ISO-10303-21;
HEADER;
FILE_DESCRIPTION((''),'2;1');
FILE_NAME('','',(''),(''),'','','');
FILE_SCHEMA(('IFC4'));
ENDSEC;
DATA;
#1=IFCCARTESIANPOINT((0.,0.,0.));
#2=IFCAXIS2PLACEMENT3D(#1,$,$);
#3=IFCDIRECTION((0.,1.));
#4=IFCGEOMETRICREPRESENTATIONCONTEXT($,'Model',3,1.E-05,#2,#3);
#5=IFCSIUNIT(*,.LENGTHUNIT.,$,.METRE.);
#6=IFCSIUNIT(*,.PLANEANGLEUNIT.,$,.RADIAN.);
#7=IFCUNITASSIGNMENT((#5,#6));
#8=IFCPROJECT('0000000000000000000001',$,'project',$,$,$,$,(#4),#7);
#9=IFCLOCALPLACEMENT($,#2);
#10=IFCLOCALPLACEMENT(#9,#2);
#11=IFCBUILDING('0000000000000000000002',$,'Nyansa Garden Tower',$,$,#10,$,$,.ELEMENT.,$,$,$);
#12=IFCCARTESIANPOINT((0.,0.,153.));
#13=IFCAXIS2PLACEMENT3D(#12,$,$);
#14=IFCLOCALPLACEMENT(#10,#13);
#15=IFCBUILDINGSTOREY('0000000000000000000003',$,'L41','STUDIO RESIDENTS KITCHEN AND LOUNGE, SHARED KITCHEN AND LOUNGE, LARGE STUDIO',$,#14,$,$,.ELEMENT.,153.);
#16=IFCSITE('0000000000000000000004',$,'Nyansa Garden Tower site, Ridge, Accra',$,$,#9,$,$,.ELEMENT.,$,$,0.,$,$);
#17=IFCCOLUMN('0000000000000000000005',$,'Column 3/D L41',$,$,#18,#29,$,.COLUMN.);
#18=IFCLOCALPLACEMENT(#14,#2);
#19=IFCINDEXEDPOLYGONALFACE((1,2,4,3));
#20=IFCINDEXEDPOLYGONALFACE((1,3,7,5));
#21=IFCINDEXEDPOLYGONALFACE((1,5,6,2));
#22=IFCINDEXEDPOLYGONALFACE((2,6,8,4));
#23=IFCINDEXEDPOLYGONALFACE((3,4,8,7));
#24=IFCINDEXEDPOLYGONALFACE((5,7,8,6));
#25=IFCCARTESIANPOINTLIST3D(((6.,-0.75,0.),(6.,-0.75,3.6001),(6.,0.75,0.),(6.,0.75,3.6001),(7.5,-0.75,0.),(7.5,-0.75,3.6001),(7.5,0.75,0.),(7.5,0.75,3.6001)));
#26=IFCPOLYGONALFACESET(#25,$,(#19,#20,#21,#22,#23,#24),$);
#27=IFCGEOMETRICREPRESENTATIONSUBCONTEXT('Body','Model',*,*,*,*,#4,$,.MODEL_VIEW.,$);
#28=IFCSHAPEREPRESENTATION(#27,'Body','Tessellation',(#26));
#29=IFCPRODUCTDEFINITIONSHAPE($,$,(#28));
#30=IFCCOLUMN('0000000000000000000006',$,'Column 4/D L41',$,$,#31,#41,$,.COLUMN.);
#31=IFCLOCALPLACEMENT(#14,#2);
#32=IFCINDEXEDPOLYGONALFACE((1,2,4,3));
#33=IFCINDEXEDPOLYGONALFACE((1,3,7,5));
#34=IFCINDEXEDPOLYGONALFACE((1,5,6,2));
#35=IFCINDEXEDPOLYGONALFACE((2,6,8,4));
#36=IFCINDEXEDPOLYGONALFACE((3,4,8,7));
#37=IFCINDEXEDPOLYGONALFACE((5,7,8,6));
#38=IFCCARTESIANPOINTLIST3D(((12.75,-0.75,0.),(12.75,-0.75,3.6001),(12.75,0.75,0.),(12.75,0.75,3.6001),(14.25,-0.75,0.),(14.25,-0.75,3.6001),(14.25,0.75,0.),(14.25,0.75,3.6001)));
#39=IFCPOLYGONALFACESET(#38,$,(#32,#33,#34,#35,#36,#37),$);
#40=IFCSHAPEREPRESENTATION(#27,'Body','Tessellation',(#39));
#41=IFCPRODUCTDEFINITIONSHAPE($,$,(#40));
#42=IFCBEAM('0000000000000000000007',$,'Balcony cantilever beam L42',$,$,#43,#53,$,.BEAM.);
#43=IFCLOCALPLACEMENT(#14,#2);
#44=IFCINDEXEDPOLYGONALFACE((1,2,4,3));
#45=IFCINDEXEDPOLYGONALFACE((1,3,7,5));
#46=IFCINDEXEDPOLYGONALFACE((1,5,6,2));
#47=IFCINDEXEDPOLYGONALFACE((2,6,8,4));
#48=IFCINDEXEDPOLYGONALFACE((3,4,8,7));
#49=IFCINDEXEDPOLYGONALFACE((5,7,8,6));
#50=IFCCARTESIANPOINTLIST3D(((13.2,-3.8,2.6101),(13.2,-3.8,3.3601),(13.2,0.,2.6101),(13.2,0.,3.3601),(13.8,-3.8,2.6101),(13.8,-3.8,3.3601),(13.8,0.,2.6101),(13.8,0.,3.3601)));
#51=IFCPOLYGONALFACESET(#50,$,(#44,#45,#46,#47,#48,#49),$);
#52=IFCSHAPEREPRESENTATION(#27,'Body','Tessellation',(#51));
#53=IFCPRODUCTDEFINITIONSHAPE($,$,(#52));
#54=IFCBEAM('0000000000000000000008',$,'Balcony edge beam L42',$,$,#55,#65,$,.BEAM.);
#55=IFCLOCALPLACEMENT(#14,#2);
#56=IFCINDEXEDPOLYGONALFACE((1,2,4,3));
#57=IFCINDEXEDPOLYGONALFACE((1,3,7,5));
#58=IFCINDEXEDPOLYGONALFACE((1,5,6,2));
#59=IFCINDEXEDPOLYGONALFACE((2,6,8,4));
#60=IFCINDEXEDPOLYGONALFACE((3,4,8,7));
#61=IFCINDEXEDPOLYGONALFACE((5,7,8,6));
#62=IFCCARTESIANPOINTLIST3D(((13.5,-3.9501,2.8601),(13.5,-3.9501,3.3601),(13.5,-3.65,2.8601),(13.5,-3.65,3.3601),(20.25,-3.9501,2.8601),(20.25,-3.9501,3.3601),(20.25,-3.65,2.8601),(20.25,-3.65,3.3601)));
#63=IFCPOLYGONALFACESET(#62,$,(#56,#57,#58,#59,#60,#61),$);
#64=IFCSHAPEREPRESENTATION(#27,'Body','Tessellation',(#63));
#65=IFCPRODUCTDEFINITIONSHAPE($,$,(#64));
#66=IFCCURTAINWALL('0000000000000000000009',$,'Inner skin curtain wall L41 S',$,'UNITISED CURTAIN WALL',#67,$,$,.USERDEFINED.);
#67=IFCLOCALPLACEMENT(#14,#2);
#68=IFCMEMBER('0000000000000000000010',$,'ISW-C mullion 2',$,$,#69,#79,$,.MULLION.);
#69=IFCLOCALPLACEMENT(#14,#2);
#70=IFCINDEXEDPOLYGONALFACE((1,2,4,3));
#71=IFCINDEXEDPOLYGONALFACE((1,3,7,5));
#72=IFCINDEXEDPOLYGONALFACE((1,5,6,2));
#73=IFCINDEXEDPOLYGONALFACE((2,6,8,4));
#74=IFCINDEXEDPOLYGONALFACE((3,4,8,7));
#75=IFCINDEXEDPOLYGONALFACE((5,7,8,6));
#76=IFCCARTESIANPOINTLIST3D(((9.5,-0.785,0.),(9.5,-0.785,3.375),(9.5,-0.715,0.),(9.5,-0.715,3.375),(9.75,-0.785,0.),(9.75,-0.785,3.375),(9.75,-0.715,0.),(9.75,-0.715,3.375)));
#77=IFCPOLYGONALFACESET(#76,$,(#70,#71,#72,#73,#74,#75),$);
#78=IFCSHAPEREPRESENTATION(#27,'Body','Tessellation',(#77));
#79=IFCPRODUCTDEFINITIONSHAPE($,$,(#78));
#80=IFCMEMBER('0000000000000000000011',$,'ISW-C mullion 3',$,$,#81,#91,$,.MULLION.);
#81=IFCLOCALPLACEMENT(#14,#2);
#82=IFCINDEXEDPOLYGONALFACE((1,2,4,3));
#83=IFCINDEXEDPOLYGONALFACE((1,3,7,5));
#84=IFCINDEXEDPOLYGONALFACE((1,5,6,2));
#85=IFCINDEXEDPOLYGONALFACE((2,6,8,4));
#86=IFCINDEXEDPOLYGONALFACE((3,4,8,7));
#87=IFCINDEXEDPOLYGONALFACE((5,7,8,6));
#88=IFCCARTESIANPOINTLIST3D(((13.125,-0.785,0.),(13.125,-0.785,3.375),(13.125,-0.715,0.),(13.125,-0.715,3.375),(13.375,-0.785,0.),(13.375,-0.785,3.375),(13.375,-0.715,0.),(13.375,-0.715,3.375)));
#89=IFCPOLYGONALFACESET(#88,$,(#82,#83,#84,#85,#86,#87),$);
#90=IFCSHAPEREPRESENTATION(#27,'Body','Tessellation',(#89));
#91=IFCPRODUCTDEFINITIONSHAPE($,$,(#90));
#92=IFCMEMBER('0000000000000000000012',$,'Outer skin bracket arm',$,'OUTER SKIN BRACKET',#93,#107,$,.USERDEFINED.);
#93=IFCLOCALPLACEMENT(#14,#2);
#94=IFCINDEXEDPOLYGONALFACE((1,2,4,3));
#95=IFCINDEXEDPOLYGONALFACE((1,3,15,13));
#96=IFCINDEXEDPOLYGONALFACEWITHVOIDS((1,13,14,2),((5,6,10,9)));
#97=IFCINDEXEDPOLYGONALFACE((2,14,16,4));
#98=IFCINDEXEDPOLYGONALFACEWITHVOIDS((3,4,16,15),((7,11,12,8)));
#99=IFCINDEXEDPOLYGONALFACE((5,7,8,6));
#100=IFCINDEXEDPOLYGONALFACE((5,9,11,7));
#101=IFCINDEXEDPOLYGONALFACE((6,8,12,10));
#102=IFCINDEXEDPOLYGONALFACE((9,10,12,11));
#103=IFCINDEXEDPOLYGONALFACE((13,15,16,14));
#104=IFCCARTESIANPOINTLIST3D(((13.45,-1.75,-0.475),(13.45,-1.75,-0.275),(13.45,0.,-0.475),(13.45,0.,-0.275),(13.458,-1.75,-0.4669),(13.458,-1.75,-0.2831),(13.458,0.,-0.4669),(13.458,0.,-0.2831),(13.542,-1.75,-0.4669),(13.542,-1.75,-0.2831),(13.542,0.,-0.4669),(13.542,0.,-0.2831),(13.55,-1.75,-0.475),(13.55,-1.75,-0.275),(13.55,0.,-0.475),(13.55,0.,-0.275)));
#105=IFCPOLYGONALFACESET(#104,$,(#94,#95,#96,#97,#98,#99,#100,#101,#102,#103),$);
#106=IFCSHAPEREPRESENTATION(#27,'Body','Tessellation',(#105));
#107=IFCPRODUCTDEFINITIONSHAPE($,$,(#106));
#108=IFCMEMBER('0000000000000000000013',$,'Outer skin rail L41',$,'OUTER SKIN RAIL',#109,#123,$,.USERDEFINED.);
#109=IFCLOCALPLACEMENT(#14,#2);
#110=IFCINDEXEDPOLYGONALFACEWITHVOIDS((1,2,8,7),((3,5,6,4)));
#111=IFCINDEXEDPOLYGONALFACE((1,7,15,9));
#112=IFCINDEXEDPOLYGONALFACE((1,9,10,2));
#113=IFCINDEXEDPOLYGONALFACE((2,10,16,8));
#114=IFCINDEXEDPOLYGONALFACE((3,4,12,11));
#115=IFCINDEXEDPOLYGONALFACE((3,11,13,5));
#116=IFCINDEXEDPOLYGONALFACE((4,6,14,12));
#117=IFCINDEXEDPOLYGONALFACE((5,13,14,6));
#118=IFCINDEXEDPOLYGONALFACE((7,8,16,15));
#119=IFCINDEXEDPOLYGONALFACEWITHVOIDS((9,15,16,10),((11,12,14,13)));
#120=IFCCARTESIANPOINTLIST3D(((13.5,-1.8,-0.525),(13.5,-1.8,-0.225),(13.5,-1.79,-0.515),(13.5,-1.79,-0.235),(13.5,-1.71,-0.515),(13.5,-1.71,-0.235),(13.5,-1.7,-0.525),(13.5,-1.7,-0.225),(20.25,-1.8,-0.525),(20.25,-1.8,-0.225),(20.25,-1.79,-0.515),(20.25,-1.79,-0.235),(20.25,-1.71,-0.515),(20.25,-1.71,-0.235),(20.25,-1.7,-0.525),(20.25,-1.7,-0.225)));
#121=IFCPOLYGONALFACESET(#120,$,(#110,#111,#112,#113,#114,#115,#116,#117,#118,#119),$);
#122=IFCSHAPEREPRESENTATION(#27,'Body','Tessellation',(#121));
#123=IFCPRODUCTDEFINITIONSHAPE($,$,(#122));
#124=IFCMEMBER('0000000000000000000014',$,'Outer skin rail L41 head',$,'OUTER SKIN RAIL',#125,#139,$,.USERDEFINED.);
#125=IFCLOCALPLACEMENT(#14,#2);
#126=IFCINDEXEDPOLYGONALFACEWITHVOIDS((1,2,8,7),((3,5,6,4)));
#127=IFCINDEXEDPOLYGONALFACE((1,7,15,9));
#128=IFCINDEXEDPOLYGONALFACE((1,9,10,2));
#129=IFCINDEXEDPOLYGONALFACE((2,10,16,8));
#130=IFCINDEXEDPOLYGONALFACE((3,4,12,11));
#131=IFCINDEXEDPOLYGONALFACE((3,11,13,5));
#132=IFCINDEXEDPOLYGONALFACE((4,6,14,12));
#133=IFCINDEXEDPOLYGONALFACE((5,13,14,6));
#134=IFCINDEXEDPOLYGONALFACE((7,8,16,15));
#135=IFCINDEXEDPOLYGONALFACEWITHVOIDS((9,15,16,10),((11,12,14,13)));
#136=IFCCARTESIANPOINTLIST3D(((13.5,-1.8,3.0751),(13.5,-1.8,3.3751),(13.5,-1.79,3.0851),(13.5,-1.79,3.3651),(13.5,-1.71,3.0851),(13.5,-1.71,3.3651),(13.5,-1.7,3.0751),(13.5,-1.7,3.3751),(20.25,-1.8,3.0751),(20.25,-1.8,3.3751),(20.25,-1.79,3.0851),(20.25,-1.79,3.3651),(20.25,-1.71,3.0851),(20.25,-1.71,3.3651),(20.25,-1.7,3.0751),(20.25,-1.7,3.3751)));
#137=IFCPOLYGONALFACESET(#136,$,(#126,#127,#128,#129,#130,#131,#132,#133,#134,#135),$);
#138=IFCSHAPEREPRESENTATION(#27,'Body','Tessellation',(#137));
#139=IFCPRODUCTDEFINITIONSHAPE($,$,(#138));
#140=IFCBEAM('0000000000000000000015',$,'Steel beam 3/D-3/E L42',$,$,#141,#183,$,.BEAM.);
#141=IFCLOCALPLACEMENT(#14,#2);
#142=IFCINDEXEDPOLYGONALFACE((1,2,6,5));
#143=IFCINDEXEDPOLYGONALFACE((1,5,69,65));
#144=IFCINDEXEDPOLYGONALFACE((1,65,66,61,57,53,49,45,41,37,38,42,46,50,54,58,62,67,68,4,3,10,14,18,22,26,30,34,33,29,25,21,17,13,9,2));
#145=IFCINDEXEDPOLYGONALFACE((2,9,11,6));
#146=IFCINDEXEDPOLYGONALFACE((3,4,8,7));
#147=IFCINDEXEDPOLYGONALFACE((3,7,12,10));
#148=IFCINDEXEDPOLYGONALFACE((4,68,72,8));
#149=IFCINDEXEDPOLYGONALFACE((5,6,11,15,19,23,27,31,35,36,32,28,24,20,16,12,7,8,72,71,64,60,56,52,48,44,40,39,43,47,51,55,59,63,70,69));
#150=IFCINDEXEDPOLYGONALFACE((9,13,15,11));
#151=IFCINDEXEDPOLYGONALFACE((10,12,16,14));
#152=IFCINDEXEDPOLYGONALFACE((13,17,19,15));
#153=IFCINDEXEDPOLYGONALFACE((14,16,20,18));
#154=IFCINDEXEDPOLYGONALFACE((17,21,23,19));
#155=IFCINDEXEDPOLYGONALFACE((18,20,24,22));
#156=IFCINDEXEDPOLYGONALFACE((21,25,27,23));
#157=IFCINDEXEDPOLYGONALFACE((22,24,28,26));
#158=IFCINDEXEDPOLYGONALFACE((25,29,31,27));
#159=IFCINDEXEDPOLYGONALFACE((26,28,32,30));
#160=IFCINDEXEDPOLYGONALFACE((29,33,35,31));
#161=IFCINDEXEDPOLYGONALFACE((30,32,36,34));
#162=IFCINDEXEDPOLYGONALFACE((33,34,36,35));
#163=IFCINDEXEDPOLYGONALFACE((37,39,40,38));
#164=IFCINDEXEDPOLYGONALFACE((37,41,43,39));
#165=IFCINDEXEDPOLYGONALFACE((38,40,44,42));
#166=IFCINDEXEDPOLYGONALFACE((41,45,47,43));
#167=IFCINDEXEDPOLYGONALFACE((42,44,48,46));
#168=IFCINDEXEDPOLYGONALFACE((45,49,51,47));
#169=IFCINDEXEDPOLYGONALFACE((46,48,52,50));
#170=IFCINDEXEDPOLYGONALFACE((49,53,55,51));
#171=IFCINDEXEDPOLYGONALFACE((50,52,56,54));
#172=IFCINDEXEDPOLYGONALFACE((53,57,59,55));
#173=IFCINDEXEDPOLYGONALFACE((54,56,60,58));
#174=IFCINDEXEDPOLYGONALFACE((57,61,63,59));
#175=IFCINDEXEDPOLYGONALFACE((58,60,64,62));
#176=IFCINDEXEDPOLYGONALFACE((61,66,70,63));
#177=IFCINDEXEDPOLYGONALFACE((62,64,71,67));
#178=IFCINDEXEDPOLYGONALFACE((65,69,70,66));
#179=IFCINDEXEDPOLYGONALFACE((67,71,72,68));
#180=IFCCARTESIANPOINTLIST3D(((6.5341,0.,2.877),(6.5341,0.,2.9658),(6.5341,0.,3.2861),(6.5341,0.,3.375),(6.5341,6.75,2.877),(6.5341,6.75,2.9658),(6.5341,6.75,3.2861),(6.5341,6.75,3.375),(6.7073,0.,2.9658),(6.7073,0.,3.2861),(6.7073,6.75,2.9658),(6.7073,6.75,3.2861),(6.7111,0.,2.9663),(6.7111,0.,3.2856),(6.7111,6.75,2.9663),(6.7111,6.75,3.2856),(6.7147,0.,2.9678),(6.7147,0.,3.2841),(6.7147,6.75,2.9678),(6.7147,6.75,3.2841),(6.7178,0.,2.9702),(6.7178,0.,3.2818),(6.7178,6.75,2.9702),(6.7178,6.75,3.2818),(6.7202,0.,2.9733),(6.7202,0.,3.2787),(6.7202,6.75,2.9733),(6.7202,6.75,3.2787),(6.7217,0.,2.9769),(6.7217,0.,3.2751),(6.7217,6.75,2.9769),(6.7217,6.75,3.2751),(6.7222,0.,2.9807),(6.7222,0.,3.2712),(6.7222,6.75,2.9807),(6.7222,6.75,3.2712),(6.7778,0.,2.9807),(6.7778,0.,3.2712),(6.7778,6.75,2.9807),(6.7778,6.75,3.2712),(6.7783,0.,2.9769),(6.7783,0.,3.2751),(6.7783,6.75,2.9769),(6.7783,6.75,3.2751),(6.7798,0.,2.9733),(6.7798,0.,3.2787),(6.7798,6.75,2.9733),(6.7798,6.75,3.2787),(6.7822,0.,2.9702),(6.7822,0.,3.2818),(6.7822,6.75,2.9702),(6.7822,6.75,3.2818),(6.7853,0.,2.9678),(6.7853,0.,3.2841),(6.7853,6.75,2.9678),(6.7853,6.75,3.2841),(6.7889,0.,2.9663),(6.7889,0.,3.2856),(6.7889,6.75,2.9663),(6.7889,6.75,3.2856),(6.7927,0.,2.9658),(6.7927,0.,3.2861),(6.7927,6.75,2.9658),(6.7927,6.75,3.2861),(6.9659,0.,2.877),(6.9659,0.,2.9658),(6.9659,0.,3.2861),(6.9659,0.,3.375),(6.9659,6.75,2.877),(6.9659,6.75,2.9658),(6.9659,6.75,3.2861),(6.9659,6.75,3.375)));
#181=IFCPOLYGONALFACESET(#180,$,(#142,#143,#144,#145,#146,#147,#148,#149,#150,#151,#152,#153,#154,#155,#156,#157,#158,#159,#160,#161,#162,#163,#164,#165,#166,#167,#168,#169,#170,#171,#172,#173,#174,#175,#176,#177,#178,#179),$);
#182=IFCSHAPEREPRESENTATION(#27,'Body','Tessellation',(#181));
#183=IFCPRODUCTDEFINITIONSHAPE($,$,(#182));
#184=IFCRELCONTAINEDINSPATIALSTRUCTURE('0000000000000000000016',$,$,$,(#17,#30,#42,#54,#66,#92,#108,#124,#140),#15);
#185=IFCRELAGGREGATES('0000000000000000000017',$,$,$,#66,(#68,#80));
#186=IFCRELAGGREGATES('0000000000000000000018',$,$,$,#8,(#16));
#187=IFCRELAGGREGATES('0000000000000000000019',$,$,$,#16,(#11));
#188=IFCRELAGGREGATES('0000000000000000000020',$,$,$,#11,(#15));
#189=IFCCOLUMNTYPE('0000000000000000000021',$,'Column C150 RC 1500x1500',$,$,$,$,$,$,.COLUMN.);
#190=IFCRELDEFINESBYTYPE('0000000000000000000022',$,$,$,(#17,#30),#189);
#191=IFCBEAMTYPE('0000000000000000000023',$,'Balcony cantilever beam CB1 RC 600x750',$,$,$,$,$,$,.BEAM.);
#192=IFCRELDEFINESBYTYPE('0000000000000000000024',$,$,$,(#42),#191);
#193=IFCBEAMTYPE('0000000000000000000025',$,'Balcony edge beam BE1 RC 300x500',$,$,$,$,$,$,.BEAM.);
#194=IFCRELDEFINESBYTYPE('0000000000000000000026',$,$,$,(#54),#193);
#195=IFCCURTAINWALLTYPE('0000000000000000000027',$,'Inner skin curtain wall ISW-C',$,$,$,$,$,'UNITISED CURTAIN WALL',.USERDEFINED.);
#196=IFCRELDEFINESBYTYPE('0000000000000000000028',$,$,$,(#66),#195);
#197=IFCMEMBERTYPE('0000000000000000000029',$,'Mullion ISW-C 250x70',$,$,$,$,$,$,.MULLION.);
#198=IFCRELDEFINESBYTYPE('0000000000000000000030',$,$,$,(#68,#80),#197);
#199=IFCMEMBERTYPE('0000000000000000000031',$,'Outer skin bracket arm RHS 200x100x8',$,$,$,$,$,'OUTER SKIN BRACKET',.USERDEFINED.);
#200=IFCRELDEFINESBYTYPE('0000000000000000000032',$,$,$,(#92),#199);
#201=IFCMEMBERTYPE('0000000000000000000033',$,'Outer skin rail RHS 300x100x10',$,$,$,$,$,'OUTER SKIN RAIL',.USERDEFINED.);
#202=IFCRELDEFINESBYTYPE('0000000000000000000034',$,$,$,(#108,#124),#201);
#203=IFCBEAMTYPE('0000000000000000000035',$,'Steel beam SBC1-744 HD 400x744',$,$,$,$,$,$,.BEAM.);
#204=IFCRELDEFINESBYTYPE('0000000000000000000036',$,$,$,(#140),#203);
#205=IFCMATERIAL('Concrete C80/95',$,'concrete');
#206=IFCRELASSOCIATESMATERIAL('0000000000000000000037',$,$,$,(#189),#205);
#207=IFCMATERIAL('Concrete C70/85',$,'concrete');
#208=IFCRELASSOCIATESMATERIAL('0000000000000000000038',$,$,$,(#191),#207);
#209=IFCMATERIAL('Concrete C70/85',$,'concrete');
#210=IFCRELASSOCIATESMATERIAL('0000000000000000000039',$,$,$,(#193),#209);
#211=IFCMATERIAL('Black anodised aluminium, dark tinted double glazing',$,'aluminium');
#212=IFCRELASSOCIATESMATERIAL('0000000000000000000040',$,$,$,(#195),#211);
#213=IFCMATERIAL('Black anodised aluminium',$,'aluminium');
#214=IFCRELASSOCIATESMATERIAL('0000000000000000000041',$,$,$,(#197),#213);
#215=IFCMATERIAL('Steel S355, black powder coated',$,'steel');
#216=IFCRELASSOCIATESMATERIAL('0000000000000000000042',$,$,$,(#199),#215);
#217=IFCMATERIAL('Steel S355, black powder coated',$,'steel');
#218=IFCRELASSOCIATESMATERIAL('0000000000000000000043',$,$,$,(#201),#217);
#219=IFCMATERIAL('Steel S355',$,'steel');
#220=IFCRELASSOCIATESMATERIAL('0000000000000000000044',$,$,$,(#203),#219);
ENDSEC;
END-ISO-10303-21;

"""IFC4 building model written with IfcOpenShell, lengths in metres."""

from ifc_helpers import new_model, si_unit, direction, frame, origin, origin_2d, place, context, subcontext, project, spatial, rectangle, hollow_rectangle, i_section, extrude, material, material_profile, profile_set, type_object, element, aggregate, save


model = new_model("IFC4")

# Units and contexts
model_context = context("Model", 3, precision=1e-05, world=origin(), true_north=direction((0.0, 1.0)))
body_context = subcontext(model_context, "Body", "Model", "MODEL_VIEW")
ifc_project = project(units=[si_unit("LENGTHUNIT", "METRE"), si_unit("PLANEANGLEUNIT", "RADIAN")], contexts=[model_context])

# Site, building, storey
site_placement = place(None, origin())
site = spatial("IfcSite", under=ifc_project, at=site_placement, Name="Nyansa Garden Tower site, Ridge, Accra", CompositionType="ELEMENT", RefElevation=0.0)
building_placement = place(site_placement, origin())
building = spatial("IfcBuilding", under=site, at=building_placement, Name="Nyansa Garden Tower", CompositionType="ELEMENT")
storey_placement = place(building_placement, frame((0.0, 0.0, 153.0)))
storey = spatial("IfcBuildingStorey", under=building, at=storey_placement, Name="L41", Description="STUDIO RESIDENTS KITCHEN AND LOUNGE, SHARED KITCHEN AND LOUNGE, LARGE STUDIO", CompositionType="ELEMENT", Elevation=153.0)

# Columns
ifc_material_1 = material(Name="Concrete C80/95", Category="concrete")
ifc_material_profile_1 = material_profile(ifc_material_1, rectangle(XDim=1.5, YDim=1.5, at=origin_2d()), Name="RC 1500x1500")
ifc_profile_set_1 = profile_set([ifc_material_profile_1], Name="Concrete C80/95")
column_type = type_object("IfcColumnType", Name="Column C150 RC 1500x1500", PredefinedType="COLUMN", material=ifc_profile_set_1)
for number, where, z_axis, x_axis, name in (
    (1, (6.75, 0.0, 0.0), (0.0, 0.0, 1.0), (1.0, 0.0, 0.0), "Column 3/D L41"),
    (2, (13.5, 0.0, 0.0), (0.0, 0.0, 1.0), (1.0, 0.0, 0.0), "Column 4/D L41"),
):
    element("IfcColumn", number, at=place(storey_placement, frame(where, z_axis=z_axis, x_axis=x_axis)), inside=storey, type_object=column_type, Name=name, PredefinedType="COLUMN", context=body_context, shape_type="SweptSolid", body=[
        extrude(rectangle(XDim=1.5, YDim=1.5, at=origin_2d()), origin(), (0.0, 0.0, 1.0), 3.6001),
    ])

# Beams
ifc_material_2 = material(Name="Concrete C70/85", Category="concrete")
ifc_material_profile_2 = material_profile(ifc_material_2, rectangle(XDim=0.6001, YDim=0.75, at=origin_2d()), Name="RC 600x750")
ifc_profile_set_2 = profile_set([ifc_material_profile_2], Name="Concrete C70/85")
beam_type_1 = type_object("IfcBeamType", Name="Balcony cantilever beam CB1 RC 600x750", PredefinedType="BEAM", material=ifc_profile_set_2)
beam_1_placement = place(storey_placement, frame((13.5, 0.0, 2.9851), z_axis=(0.0, -1.0, 0.0), x_axis=(1.0, 0.0, 0.0)))
element("IfcBeam", 3, at=beam_1_placement, inside=storey, type_object=beam_type_1, Name="Balcony cantilever beam L42", PredefinedType="BEAM", context=body_context, shape_type="SweptSolid", body=[
    extrude(rectangle(XDim=0.6001, YDim=0.75, at=origin_2d()), origin(), (0.0, 0.0, 1.0), 3.8),
])
ifc_material_3 = material(Name="Concrete C70/85", Category="concrete")
ifc_material_profile_3 = material_profile(ifc_material_3, rectangle(XDim=0.3, YDim=0.5, at=origin_2d()), Name="RC 300x500")
ifc_profile_set_3 = profile_set([ifc_material_profile_3], Name="Concrete C70/85")
beam_type_2 = type_object("IfcBeamType", Name="Balcony edge beam BE1 RC 300x500", PredefinedType="BEAM", material=ifc_profile_set_3)
beam_2_placement = place(storey_placement, frame((13.5, -3.8, 3.1101), z_axis=(1.0, 0.0, 0.0), x_axis=(0.0, 1.0, 0.0)))
element("IfcBeam", 4, at=beam_2_placement, inside=storey, type_object=beam_type_2, Name="Balcony edge beam L42", PredefinedType="BEAM", context=body_context, shape_type="SweptSolid", body=[
    extrude(rectangle(XDim=0.3, YDim=0.5, at=origin_2d()), origin(), (0.0, 0.0, 1.0), 6.75),
])

# Curtain wall, members
ifc_material_4 = material(Name="Black anodised aluminium, dark tinted double glazing", Category="aluminium")
curtain_wall_type = type_object("IfcCurtainWallType", Name="Inner skin curtain wall ISW-C", ElementType="UNITISED CURTAIN WALL", PredefinedType="USERDEFINED", material=ifc_material_4)
curtain_wall_placement = place(storey_placement, origin())
curtain_wall = element("IfcCurtainWall", 5, at=curtain_wall_placement, inside=storey, type_object=curtain_wall_type, Name="Inner skin curtain wall L41 S", ObjectType="UNITISED CURTAIN WALL", PredefinedType="USERDEFINED")
ifc_material_5 = material(Name="Black anodised aluminium", Category="aluminium")
ifc_material_profile_4 = material_profile(ifc_material_5, rectangle(XDim=0.0701, YDim=0.25, at=origin_2d()), Name="Mullion 250x70")
ifc_profile_set_4 = profile_set([ifc_material_profile_4], Name="Black anodised aluminium")
member_type_1 = type_object("IfcMemberType", Name="Mullion ISW-C 250x70", PredefinedType="MULLION", material=ifc_profile_set_4)
member_1_placement = place(storey_placement, frame((9.625, -0.75, 0.0), z_axis=(0.0, 0.0, 1.0), x_axis=(0.0, 1.0, 0.0)))
member_1 = element("IfcMember", 6, at=member_1_placement, type_object=member_type_1, Name="ISW-C mullion 2", PredefinedType="MULLION", context=body_context, shape_type="SweptSolid", body=[
    extrude(rectangle(XDim=0.0701, YDim=0.25, at=origin_2d()), origin(), (0.0, 0.0, 1.0), 3.375),
])
member_2_placement = place(storey_placement, frame((13.25, -0.75, 0.0), z_axis=(0.0, 0.0, 1.0), x_axis=(0.0, 1.0, 0.0)))
member_2 = element("IfcMember", 7, at=member_2_placement, type_object=member_type_1, Name="ISW-C mullion 3", PredefinedType="MULLION", context=body_context, shape_type="SweptSolid", body=[
    extrude(rectangle(XDim=0.0701, YDim=0.25, at=origin_2d()), origin(), (0.0, 0.0, 1.0), 3.375),
])

# Members
ifc_material_6 = material(Name="Steel S355, black powder coated", Category="steel")
ifc_material_profile_5 = material_profile(ifc_material_6, hollow_rectangle(XDim=0.1001, YDim=0.2, WallThickness=0.0081, at=origin_2d()), Name="RHS 200x100x8")
ifc_profile_set_5 = profile_set([ifc_material_profile_5], Name="Steel S355, black powder coated")
member_type_2 = type_object("IfcMemberType", Name="Outer skin bracket arm RHS 200x100x8", ElementType="OUTER SKIN BRACKET", PredefinedType="USERDEFINED", material=ifc_profile_set_5)
member_3_placement = place(storey_placement, frame((13.5, 0.0, -0.375), z_axis=(0.0, -1.0, 0.0), x_axis=(1.0, 0.0, 0.0)))
element("IfcMember", 8, at=member_3_placement, inside=storey, type_object=member_type_2, Name="Outer skin bracket arm", ObjectType="OUTER SKIN BRACKET", PredefinedType="USERDEFINED", context=body_context, shape_type="SweptSolid", body=[
    extrude(hollow_rectangle(XDim=0.1001, YDim=0.2, WallThickness=0.0081, at=origin_2d()), origin(), (0.0, 0.0, 1.0), 1.75),
])
ifc_material_7 = material(Name="Steel S355, black powder coated", Category="steel")
ifc_material_profile_6 = material_profile(ifc_material_7, hollow_rectangle(XDim=0.1001, YDim=0.3, WallThickness=0.01, at=origin_2d()), Name="RHS 300x100x10")
ifc_profile_set_6 = profile_set([ifc_material_profile_6], Name="Steel S355, black powder coated")
member_type_3 = type_object("IfcMemberType", Name="Outer skin rail RHS 300x100x10", ElementType="OUTER SKIN RAIL", PredefinedType="USERDEFINED", material=ifc_profile_set_6)
for number, where, z_axis, x_axis, name in (
    (9, (13.5, -1.75, -0.375), (1.0, 0.0, 0.0), (0.0, 1.0, 0.0), "Outer skin rail L41"),
    (10, (13.5, -1.75, 3.2251), (1.0, 0.0, 0.0), (0.0, 1.0, 0.0), "Outer skin rail L41 head"),
):
    element("IfcMember", number, at=place(storey_placement, frame(where, z_axis=z_axis, x_axis=x_axis)), inside=storey, type_object=member_type_3, Name=name, ObjectType="OUTER SKIN RAIL", PredefinedType="USERDEFINED", context=body_context, shape_type="SweptSolid", body=[
        extrude(hollow_rectangle(XDim=0.1001, YDim=0.3, WallThickness=0.01, at=origin_2d()), origin(), (0.0, 0.0, 1.0), 6.75),
    ])

# Beam
ifc_material_8 = material(Name="Steel S355", Category="steel")
ifc_material_profile_7 = material_profile(ifc_material_8, i_section(OverallWidth=0.4319, OverallDepth=0.498, WebThickness=0.0557, FlangeThickness=0.0889, FilletRadius=0.0149, at=origin_2d()), Name="HD 400x744")
ifc_profile_set_7 = profile_set([ifc_material_profile_7], Name="Steel S355")
beam_type_3 = type_object("IfcBeamType", Name="Steel beam SBC1-744 HD 400x744", PredefinedType="BEAM", material=ifc_profile_set_7)
for number, where, z_axis, x_axis, name in (
    (11, (6.75, 0.0, 3.126), (0.0, 1.0, 0.0), (-1.0, 0.0, 0.0), "Steel beam 3/D-3/E L42"),
):
    element("IfcBeam", number, at=place(storey_placement, frame(where, z_axis=z_axis, x_axis=x_axis)), inside=storey, type_object=beam_type_3, Name=name, PredefinedType="BEAM", context=body_context, shape_type="SweptSolid", body=[
        extrude(i_section(OverallWidth=0.4319, OverallDepth=0.498, WebThickness=0.0557, FlangeThickness=0.0889, FilletRadius=0.0149, at=origin_2d()), origin(), (0.0, 0.0, 1.0), 6.75),
    ])

aggregate(curtain_wall, [member_1, member_2])

save(model, "model.ifc")
